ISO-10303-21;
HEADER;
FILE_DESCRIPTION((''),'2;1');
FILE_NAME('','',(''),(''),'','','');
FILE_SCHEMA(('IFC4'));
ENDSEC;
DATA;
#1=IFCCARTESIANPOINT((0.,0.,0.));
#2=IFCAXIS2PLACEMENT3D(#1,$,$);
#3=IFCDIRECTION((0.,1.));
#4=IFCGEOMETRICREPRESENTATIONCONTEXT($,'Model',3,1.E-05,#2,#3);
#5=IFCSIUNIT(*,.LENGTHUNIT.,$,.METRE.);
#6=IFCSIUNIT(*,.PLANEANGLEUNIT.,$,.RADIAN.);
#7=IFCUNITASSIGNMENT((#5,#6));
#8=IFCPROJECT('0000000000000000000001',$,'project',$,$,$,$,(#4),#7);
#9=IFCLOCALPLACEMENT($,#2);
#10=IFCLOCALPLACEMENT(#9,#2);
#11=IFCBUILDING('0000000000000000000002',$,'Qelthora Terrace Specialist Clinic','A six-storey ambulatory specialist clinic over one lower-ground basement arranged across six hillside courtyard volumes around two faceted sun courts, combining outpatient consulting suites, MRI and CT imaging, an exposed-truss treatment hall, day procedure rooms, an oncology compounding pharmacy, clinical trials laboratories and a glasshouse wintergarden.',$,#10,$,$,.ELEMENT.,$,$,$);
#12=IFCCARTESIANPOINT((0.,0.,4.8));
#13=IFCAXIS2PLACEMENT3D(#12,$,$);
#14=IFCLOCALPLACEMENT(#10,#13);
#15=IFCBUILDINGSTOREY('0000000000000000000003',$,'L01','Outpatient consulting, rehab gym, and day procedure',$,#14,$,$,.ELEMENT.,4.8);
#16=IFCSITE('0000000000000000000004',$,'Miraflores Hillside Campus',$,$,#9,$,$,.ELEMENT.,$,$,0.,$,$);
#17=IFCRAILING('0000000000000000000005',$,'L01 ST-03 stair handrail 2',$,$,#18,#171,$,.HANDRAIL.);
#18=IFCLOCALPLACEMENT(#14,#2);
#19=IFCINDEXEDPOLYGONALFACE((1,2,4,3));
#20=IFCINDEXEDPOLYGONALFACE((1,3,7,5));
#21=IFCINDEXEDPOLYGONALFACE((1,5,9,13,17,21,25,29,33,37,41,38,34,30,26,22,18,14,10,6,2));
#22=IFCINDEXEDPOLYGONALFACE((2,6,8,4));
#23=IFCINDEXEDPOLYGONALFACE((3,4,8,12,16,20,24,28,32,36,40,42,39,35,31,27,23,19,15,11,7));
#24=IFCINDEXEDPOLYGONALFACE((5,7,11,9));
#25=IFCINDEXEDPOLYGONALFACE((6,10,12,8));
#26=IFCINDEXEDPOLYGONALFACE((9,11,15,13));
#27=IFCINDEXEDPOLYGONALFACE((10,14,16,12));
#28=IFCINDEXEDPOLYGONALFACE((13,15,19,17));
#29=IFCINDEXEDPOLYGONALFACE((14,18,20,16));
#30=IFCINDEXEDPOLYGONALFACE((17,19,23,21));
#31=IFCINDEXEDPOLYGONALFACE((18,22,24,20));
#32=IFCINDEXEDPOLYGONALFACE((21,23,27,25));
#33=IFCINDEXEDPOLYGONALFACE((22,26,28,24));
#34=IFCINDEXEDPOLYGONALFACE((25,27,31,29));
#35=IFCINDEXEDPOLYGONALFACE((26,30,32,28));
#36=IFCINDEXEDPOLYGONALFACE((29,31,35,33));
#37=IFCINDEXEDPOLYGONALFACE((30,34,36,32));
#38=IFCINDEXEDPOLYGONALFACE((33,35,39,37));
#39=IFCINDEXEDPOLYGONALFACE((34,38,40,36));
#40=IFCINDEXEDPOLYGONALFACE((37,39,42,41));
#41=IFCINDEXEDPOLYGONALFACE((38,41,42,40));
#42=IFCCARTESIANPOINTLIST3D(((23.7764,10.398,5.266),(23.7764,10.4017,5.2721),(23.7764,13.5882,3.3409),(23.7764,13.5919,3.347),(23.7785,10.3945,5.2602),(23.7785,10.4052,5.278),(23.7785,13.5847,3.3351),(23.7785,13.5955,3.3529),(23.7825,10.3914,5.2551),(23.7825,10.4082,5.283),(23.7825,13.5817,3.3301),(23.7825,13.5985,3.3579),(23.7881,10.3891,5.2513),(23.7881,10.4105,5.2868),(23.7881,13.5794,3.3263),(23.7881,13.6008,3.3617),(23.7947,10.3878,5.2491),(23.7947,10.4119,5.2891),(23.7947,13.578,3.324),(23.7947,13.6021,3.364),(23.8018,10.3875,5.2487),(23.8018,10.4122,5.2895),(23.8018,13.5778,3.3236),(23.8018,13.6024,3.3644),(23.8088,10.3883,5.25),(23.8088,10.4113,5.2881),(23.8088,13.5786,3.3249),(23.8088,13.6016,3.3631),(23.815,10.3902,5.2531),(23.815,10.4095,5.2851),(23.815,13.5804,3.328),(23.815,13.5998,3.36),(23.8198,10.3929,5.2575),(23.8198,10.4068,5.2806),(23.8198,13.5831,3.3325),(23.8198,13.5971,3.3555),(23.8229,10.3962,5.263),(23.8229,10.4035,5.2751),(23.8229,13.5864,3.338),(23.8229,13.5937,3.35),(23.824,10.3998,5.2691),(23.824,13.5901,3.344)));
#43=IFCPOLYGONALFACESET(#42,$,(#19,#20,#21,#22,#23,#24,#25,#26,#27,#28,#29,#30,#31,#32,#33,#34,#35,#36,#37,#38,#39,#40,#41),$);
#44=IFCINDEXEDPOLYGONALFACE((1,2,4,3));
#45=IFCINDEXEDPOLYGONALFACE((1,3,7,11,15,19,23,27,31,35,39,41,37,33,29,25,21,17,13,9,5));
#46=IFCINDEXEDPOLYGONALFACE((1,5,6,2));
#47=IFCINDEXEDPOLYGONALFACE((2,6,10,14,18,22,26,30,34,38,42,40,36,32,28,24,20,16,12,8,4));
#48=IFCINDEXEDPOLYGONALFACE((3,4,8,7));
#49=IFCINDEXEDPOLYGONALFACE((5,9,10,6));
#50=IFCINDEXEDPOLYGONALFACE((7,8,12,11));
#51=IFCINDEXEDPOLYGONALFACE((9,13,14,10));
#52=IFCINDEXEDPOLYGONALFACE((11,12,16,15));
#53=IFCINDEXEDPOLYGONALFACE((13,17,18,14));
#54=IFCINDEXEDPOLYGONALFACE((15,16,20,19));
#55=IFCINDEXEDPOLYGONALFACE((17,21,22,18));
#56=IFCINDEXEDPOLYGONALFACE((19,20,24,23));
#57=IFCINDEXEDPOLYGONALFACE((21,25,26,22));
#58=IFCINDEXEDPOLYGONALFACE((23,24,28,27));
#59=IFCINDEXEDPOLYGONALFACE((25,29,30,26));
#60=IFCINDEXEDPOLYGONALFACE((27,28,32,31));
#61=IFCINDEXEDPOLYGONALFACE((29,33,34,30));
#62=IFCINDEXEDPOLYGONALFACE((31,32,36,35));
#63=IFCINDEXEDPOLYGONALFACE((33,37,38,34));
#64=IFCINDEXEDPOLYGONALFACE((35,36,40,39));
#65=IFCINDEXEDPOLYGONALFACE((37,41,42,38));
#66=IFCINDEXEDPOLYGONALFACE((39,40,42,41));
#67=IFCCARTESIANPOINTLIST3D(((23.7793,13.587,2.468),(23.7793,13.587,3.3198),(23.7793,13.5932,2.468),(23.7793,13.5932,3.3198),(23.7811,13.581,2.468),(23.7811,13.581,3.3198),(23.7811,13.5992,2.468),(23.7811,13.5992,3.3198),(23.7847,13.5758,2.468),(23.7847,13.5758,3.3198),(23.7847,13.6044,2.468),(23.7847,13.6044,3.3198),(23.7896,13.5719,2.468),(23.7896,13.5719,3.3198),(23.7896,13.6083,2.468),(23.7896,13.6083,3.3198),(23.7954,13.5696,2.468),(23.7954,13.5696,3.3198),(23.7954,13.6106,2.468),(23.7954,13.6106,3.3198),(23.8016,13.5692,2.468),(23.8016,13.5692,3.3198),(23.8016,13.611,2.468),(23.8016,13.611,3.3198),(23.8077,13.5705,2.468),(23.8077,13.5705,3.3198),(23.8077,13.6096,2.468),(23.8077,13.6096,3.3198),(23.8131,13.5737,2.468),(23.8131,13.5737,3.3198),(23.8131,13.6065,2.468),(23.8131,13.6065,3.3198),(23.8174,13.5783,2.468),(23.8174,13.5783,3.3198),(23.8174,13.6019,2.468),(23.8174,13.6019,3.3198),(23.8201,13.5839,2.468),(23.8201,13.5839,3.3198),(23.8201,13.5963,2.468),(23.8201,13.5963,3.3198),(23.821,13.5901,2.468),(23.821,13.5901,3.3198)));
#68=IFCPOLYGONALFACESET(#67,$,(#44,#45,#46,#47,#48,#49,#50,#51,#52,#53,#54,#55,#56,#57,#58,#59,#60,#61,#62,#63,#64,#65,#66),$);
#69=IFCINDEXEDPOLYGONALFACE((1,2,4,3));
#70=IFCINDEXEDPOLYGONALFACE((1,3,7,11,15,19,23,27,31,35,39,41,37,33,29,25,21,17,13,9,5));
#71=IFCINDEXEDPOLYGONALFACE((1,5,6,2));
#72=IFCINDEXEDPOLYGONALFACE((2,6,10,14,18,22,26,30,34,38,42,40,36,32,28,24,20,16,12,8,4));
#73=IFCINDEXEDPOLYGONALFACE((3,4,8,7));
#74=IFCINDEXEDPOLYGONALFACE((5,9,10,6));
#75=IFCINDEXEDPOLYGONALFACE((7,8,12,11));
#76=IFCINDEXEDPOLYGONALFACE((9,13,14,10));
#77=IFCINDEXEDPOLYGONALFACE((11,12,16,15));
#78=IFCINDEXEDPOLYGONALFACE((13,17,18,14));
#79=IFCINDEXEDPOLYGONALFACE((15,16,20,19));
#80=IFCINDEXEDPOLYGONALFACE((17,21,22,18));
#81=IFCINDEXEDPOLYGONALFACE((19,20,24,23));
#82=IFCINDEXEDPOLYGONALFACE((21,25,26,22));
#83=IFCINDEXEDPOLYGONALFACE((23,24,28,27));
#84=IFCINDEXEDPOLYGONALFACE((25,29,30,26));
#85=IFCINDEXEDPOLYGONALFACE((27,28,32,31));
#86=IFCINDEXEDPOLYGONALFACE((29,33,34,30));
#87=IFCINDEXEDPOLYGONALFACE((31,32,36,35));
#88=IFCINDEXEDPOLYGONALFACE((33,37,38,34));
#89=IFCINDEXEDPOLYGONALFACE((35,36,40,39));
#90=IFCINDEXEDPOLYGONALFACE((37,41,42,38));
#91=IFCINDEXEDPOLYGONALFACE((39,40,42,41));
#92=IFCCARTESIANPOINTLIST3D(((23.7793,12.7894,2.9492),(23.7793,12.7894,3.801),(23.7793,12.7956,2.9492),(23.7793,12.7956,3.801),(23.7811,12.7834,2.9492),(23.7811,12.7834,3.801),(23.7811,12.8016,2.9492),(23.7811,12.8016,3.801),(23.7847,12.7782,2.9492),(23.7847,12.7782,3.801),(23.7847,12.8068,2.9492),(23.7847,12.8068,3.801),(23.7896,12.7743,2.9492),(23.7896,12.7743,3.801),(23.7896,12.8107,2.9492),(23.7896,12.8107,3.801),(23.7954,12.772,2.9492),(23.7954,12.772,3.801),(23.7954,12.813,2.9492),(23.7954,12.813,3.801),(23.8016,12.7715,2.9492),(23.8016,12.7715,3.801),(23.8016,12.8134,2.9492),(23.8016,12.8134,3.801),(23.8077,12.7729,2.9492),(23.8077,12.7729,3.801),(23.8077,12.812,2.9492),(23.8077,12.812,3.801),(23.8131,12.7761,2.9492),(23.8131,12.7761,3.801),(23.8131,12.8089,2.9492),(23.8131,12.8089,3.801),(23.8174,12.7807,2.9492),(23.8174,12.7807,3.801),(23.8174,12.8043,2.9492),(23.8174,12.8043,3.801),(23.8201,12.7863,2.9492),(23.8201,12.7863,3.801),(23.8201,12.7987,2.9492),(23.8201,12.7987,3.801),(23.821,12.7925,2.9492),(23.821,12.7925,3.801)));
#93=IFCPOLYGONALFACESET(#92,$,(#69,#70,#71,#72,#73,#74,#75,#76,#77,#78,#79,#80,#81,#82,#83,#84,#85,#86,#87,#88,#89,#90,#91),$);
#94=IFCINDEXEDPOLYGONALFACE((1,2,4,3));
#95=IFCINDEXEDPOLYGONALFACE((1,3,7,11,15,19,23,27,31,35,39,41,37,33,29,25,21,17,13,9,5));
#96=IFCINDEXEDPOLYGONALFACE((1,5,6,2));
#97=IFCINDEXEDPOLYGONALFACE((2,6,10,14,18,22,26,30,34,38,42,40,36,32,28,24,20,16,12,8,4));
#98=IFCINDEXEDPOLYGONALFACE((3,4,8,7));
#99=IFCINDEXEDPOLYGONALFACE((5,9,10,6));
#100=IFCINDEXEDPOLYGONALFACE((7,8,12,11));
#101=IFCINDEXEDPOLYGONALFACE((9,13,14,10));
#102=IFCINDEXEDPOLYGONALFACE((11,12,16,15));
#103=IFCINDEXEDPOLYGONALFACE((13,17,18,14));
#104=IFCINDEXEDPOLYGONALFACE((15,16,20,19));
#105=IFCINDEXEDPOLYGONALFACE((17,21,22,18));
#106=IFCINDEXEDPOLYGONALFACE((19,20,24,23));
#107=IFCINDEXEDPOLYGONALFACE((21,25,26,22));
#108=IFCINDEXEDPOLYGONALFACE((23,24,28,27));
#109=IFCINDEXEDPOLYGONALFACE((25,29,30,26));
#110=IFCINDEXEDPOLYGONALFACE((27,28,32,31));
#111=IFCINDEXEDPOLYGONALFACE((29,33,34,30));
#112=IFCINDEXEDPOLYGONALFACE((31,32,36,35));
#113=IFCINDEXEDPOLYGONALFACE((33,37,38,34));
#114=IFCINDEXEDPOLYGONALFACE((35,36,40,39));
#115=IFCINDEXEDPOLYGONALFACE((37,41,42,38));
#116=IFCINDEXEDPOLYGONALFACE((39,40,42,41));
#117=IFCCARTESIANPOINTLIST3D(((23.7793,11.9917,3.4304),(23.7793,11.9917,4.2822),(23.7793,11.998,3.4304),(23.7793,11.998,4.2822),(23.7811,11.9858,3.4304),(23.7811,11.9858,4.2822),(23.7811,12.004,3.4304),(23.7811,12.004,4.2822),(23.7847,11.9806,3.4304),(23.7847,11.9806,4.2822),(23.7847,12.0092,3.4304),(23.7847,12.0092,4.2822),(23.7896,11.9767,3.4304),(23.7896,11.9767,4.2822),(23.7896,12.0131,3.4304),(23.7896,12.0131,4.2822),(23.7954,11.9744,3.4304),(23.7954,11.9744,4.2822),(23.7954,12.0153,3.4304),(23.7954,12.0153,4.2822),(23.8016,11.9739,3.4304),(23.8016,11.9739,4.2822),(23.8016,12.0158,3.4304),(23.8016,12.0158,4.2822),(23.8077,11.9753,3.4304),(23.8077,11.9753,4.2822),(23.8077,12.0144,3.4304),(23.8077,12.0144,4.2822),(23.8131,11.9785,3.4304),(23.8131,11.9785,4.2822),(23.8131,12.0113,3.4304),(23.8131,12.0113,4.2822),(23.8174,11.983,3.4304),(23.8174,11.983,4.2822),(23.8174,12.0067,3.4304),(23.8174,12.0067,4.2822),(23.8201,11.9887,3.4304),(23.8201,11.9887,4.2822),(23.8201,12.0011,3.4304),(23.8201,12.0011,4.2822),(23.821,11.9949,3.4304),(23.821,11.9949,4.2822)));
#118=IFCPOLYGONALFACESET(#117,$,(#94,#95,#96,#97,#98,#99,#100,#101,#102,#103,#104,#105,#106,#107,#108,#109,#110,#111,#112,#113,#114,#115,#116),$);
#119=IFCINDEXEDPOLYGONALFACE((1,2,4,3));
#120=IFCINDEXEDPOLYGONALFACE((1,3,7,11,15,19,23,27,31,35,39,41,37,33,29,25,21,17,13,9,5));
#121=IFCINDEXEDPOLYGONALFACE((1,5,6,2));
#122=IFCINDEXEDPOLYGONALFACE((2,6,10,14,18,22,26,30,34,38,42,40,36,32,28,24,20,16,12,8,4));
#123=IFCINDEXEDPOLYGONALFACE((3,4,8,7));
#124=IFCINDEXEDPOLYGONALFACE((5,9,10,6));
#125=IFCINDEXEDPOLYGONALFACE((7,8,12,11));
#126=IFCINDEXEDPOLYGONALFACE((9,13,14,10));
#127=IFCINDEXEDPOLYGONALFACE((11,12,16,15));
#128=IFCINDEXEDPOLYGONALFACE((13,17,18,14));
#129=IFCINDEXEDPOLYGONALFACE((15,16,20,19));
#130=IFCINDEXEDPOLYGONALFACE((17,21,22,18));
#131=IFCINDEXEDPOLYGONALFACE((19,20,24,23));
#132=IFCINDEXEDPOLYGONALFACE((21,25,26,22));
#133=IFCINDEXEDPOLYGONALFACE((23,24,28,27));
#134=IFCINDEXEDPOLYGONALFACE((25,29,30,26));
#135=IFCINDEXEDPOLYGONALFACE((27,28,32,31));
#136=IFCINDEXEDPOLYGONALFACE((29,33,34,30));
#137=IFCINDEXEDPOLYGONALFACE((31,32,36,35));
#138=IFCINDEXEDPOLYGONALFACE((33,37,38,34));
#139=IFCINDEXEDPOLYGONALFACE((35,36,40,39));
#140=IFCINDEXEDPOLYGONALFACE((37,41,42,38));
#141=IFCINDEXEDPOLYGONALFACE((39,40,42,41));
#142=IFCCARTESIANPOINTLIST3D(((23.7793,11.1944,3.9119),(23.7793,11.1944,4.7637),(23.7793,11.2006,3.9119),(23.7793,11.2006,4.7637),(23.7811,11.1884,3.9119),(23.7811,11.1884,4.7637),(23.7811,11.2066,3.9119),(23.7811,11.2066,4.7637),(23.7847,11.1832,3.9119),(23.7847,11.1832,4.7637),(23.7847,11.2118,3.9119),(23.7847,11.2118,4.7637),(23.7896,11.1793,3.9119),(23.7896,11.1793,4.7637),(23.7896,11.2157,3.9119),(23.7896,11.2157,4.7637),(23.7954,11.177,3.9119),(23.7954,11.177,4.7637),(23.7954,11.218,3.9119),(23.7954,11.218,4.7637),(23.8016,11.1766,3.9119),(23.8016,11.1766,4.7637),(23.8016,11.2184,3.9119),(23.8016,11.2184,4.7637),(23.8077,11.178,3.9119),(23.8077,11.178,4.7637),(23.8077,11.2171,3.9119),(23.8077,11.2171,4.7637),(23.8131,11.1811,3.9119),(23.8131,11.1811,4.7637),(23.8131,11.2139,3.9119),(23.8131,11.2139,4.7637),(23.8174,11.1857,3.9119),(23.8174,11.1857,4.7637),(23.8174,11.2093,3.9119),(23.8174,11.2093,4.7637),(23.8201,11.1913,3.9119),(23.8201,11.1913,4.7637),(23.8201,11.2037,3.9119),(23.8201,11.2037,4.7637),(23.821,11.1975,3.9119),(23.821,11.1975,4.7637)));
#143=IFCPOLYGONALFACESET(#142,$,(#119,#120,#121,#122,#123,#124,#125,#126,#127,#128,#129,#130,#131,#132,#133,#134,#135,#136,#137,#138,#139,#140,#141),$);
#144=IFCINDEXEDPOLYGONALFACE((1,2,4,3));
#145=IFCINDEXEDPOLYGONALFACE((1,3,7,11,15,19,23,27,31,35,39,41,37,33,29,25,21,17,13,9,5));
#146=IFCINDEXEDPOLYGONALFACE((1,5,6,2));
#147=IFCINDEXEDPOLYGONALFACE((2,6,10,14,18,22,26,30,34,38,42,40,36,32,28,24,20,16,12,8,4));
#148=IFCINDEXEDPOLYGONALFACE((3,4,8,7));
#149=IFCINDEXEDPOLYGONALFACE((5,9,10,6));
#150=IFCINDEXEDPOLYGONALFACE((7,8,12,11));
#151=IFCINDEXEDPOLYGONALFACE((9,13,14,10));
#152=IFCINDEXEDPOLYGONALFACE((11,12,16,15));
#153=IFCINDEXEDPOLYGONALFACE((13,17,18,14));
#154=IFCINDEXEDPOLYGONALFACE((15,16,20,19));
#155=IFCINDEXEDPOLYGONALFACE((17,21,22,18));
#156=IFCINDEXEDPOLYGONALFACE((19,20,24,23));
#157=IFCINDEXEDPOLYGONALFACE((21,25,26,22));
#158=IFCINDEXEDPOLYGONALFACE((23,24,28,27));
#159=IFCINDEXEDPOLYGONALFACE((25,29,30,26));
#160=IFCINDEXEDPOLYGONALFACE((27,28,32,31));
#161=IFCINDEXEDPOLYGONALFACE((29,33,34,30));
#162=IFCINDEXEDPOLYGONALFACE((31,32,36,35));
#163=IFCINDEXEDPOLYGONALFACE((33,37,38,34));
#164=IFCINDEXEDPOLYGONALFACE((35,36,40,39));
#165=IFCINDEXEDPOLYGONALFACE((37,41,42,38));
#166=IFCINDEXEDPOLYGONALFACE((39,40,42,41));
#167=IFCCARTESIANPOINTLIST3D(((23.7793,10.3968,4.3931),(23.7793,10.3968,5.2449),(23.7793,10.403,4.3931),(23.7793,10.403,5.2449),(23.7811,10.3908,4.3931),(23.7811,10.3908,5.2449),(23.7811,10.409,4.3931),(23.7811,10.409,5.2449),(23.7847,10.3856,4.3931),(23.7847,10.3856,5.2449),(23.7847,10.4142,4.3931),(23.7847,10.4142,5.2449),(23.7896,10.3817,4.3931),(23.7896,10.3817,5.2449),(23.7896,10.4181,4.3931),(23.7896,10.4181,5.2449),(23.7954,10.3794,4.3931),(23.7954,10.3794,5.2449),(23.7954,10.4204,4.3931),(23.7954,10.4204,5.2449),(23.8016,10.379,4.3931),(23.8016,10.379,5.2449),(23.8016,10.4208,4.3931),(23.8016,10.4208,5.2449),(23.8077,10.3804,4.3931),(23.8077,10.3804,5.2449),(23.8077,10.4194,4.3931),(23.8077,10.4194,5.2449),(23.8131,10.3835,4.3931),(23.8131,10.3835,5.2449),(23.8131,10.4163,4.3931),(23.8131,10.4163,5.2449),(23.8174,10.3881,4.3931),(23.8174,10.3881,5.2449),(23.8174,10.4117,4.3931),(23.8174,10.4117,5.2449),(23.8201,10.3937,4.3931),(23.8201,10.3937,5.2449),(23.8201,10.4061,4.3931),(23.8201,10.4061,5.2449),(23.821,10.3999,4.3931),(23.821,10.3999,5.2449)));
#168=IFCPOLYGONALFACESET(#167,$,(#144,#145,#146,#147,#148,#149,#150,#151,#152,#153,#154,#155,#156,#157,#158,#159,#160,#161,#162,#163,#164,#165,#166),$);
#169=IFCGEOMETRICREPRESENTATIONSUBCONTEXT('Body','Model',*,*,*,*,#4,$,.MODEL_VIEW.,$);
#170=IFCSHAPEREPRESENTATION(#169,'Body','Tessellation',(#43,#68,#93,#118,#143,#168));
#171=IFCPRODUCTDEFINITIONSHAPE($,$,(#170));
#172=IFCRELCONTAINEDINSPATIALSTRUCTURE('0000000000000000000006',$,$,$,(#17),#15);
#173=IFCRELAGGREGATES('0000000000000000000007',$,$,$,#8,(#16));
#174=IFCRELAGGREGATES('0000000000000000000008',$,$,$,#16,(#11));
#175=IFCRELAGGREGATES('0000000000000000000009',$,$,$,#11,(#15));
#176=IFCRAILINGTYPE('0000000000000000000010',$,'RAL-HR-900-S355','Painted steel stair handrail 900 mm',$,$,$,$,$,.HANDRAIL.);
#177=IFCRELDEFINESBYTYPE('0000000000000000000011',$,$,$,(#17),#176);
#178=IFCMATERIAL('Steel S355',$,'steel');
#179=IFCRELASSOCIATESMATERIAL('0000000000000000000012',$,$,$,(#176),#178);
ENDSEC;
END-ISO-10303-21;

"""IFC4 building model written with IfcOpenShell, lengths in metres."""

from ifc_helpers import new_model, si_unit, direction, frame, origin, origin_2d, place, context, subcontext, project, spatial, circle, extrude, material, type_object, element, save


model = new_model("IFC4")

# Units and contexts
model_context = context("Model", 3, precision=1e-05, world=origin(), true_north=direction((0.0, 1.0)))
body_context = subcontext(model_context, "Body", "Model", "MODEL_VIEW")
ifc_project = project(units=[si_unit("LENGTHUNIT", "METRE"), si_unit("PLANEANGLEUNIT", "RADIAN")], contexts=[model_context])

# Site, building, storey
site_placement = place(None, origin())
site = spatial("IfcSite", under=ifc_project, at=site_placement, Name="Miraflores Hillside Campus", CompositionType="ELEMENT", RefElevation=0.0)
building_placement = place(site_placement, origin())
building = spatial("IfcBuilding", under=site, at=building_placement, Name="Qelthora Terrace Specialist Clinic", Description="A six-storey ambulatory specialist clinic over one lower-ground basement arranged across six hillside courtyard volumes around two faceted sun courts, combining outpatient consulting suites, MRI and CT imaging, an exposed-truss treatment hall, day procedure rooms, an oncology compounding pharmacy, clinical trials laboratories and a glasshouse wintergarden.", CompositionType="ELEMENT")
storey_placement = place(building_placement, frame((0.0, 0.0, 4.8)))
storey = spatial("IfcBuildingStorey", under=building, at=storey_placement, Name="L01", Description="Outpatient consulting, rehab gym, and day procedure", CompositionType="ELEMENT", Elevation=4.8)

# Shared definitions
ifc_material_1 = material(Name="Steel S355", Category="steel")

# Railing
railing_type = type_object("IfcRailingType", Name="RAL-HR-900-S355", Description="Painted steel stair handrail 900 mm", PredefinedType="HANDRAIL", material=ifc_material_1)
railing_placement = place(storey_placement, frame((23.8, 13.5901, 2.468)))
element("IfcRailing", 1, at=railing_placement, inside=storey, type_object=railing_type, Name="L01 ST-03 stair handrail 2", PredefinedType="HANDRAIL", context=body_context, shape_type="SweptSolid", body=[
    extrude(circle(Radius=0.0239, at=origin_2d()), frame((0.0, 0.0, 0.876), z_axis=(0.0, -0.856195, 0.516653), x_axis=(1.0, 0.0, 0.0)), (0.0, 0.0, 1.0), 3.7261),
    extrude(circle(Radius=0.021, at=origin_2d()), origin(), (0.0, 0.0, 1.0), 0.8518),
    extrude(circle(Radius=0.021, at=origin_2d()), frame((0.0, -0.7976, 0.4812)), (0.0, 0.0, 1.0), 0.8518),
    extrude(circle(Radius=0.021, at=origin_2d()), frame((0.0, -1.5952, 0.9624)), (0.0, 0.0, 1.0), 0.8518),
    extrude(circle(Radius=0.021, at=origin_2d()), frame((0.0, -2.3926, 1.4438)), (0.0, 0.0, 1.0), 0.8518),
    extrude(circle(Radius=0.021, at=origin_2d()), frame((0.0, -3.1902, 1.925)), (0.0, 0.0, 1.0), 0.8518),
])

save(model, "model.ifc")
